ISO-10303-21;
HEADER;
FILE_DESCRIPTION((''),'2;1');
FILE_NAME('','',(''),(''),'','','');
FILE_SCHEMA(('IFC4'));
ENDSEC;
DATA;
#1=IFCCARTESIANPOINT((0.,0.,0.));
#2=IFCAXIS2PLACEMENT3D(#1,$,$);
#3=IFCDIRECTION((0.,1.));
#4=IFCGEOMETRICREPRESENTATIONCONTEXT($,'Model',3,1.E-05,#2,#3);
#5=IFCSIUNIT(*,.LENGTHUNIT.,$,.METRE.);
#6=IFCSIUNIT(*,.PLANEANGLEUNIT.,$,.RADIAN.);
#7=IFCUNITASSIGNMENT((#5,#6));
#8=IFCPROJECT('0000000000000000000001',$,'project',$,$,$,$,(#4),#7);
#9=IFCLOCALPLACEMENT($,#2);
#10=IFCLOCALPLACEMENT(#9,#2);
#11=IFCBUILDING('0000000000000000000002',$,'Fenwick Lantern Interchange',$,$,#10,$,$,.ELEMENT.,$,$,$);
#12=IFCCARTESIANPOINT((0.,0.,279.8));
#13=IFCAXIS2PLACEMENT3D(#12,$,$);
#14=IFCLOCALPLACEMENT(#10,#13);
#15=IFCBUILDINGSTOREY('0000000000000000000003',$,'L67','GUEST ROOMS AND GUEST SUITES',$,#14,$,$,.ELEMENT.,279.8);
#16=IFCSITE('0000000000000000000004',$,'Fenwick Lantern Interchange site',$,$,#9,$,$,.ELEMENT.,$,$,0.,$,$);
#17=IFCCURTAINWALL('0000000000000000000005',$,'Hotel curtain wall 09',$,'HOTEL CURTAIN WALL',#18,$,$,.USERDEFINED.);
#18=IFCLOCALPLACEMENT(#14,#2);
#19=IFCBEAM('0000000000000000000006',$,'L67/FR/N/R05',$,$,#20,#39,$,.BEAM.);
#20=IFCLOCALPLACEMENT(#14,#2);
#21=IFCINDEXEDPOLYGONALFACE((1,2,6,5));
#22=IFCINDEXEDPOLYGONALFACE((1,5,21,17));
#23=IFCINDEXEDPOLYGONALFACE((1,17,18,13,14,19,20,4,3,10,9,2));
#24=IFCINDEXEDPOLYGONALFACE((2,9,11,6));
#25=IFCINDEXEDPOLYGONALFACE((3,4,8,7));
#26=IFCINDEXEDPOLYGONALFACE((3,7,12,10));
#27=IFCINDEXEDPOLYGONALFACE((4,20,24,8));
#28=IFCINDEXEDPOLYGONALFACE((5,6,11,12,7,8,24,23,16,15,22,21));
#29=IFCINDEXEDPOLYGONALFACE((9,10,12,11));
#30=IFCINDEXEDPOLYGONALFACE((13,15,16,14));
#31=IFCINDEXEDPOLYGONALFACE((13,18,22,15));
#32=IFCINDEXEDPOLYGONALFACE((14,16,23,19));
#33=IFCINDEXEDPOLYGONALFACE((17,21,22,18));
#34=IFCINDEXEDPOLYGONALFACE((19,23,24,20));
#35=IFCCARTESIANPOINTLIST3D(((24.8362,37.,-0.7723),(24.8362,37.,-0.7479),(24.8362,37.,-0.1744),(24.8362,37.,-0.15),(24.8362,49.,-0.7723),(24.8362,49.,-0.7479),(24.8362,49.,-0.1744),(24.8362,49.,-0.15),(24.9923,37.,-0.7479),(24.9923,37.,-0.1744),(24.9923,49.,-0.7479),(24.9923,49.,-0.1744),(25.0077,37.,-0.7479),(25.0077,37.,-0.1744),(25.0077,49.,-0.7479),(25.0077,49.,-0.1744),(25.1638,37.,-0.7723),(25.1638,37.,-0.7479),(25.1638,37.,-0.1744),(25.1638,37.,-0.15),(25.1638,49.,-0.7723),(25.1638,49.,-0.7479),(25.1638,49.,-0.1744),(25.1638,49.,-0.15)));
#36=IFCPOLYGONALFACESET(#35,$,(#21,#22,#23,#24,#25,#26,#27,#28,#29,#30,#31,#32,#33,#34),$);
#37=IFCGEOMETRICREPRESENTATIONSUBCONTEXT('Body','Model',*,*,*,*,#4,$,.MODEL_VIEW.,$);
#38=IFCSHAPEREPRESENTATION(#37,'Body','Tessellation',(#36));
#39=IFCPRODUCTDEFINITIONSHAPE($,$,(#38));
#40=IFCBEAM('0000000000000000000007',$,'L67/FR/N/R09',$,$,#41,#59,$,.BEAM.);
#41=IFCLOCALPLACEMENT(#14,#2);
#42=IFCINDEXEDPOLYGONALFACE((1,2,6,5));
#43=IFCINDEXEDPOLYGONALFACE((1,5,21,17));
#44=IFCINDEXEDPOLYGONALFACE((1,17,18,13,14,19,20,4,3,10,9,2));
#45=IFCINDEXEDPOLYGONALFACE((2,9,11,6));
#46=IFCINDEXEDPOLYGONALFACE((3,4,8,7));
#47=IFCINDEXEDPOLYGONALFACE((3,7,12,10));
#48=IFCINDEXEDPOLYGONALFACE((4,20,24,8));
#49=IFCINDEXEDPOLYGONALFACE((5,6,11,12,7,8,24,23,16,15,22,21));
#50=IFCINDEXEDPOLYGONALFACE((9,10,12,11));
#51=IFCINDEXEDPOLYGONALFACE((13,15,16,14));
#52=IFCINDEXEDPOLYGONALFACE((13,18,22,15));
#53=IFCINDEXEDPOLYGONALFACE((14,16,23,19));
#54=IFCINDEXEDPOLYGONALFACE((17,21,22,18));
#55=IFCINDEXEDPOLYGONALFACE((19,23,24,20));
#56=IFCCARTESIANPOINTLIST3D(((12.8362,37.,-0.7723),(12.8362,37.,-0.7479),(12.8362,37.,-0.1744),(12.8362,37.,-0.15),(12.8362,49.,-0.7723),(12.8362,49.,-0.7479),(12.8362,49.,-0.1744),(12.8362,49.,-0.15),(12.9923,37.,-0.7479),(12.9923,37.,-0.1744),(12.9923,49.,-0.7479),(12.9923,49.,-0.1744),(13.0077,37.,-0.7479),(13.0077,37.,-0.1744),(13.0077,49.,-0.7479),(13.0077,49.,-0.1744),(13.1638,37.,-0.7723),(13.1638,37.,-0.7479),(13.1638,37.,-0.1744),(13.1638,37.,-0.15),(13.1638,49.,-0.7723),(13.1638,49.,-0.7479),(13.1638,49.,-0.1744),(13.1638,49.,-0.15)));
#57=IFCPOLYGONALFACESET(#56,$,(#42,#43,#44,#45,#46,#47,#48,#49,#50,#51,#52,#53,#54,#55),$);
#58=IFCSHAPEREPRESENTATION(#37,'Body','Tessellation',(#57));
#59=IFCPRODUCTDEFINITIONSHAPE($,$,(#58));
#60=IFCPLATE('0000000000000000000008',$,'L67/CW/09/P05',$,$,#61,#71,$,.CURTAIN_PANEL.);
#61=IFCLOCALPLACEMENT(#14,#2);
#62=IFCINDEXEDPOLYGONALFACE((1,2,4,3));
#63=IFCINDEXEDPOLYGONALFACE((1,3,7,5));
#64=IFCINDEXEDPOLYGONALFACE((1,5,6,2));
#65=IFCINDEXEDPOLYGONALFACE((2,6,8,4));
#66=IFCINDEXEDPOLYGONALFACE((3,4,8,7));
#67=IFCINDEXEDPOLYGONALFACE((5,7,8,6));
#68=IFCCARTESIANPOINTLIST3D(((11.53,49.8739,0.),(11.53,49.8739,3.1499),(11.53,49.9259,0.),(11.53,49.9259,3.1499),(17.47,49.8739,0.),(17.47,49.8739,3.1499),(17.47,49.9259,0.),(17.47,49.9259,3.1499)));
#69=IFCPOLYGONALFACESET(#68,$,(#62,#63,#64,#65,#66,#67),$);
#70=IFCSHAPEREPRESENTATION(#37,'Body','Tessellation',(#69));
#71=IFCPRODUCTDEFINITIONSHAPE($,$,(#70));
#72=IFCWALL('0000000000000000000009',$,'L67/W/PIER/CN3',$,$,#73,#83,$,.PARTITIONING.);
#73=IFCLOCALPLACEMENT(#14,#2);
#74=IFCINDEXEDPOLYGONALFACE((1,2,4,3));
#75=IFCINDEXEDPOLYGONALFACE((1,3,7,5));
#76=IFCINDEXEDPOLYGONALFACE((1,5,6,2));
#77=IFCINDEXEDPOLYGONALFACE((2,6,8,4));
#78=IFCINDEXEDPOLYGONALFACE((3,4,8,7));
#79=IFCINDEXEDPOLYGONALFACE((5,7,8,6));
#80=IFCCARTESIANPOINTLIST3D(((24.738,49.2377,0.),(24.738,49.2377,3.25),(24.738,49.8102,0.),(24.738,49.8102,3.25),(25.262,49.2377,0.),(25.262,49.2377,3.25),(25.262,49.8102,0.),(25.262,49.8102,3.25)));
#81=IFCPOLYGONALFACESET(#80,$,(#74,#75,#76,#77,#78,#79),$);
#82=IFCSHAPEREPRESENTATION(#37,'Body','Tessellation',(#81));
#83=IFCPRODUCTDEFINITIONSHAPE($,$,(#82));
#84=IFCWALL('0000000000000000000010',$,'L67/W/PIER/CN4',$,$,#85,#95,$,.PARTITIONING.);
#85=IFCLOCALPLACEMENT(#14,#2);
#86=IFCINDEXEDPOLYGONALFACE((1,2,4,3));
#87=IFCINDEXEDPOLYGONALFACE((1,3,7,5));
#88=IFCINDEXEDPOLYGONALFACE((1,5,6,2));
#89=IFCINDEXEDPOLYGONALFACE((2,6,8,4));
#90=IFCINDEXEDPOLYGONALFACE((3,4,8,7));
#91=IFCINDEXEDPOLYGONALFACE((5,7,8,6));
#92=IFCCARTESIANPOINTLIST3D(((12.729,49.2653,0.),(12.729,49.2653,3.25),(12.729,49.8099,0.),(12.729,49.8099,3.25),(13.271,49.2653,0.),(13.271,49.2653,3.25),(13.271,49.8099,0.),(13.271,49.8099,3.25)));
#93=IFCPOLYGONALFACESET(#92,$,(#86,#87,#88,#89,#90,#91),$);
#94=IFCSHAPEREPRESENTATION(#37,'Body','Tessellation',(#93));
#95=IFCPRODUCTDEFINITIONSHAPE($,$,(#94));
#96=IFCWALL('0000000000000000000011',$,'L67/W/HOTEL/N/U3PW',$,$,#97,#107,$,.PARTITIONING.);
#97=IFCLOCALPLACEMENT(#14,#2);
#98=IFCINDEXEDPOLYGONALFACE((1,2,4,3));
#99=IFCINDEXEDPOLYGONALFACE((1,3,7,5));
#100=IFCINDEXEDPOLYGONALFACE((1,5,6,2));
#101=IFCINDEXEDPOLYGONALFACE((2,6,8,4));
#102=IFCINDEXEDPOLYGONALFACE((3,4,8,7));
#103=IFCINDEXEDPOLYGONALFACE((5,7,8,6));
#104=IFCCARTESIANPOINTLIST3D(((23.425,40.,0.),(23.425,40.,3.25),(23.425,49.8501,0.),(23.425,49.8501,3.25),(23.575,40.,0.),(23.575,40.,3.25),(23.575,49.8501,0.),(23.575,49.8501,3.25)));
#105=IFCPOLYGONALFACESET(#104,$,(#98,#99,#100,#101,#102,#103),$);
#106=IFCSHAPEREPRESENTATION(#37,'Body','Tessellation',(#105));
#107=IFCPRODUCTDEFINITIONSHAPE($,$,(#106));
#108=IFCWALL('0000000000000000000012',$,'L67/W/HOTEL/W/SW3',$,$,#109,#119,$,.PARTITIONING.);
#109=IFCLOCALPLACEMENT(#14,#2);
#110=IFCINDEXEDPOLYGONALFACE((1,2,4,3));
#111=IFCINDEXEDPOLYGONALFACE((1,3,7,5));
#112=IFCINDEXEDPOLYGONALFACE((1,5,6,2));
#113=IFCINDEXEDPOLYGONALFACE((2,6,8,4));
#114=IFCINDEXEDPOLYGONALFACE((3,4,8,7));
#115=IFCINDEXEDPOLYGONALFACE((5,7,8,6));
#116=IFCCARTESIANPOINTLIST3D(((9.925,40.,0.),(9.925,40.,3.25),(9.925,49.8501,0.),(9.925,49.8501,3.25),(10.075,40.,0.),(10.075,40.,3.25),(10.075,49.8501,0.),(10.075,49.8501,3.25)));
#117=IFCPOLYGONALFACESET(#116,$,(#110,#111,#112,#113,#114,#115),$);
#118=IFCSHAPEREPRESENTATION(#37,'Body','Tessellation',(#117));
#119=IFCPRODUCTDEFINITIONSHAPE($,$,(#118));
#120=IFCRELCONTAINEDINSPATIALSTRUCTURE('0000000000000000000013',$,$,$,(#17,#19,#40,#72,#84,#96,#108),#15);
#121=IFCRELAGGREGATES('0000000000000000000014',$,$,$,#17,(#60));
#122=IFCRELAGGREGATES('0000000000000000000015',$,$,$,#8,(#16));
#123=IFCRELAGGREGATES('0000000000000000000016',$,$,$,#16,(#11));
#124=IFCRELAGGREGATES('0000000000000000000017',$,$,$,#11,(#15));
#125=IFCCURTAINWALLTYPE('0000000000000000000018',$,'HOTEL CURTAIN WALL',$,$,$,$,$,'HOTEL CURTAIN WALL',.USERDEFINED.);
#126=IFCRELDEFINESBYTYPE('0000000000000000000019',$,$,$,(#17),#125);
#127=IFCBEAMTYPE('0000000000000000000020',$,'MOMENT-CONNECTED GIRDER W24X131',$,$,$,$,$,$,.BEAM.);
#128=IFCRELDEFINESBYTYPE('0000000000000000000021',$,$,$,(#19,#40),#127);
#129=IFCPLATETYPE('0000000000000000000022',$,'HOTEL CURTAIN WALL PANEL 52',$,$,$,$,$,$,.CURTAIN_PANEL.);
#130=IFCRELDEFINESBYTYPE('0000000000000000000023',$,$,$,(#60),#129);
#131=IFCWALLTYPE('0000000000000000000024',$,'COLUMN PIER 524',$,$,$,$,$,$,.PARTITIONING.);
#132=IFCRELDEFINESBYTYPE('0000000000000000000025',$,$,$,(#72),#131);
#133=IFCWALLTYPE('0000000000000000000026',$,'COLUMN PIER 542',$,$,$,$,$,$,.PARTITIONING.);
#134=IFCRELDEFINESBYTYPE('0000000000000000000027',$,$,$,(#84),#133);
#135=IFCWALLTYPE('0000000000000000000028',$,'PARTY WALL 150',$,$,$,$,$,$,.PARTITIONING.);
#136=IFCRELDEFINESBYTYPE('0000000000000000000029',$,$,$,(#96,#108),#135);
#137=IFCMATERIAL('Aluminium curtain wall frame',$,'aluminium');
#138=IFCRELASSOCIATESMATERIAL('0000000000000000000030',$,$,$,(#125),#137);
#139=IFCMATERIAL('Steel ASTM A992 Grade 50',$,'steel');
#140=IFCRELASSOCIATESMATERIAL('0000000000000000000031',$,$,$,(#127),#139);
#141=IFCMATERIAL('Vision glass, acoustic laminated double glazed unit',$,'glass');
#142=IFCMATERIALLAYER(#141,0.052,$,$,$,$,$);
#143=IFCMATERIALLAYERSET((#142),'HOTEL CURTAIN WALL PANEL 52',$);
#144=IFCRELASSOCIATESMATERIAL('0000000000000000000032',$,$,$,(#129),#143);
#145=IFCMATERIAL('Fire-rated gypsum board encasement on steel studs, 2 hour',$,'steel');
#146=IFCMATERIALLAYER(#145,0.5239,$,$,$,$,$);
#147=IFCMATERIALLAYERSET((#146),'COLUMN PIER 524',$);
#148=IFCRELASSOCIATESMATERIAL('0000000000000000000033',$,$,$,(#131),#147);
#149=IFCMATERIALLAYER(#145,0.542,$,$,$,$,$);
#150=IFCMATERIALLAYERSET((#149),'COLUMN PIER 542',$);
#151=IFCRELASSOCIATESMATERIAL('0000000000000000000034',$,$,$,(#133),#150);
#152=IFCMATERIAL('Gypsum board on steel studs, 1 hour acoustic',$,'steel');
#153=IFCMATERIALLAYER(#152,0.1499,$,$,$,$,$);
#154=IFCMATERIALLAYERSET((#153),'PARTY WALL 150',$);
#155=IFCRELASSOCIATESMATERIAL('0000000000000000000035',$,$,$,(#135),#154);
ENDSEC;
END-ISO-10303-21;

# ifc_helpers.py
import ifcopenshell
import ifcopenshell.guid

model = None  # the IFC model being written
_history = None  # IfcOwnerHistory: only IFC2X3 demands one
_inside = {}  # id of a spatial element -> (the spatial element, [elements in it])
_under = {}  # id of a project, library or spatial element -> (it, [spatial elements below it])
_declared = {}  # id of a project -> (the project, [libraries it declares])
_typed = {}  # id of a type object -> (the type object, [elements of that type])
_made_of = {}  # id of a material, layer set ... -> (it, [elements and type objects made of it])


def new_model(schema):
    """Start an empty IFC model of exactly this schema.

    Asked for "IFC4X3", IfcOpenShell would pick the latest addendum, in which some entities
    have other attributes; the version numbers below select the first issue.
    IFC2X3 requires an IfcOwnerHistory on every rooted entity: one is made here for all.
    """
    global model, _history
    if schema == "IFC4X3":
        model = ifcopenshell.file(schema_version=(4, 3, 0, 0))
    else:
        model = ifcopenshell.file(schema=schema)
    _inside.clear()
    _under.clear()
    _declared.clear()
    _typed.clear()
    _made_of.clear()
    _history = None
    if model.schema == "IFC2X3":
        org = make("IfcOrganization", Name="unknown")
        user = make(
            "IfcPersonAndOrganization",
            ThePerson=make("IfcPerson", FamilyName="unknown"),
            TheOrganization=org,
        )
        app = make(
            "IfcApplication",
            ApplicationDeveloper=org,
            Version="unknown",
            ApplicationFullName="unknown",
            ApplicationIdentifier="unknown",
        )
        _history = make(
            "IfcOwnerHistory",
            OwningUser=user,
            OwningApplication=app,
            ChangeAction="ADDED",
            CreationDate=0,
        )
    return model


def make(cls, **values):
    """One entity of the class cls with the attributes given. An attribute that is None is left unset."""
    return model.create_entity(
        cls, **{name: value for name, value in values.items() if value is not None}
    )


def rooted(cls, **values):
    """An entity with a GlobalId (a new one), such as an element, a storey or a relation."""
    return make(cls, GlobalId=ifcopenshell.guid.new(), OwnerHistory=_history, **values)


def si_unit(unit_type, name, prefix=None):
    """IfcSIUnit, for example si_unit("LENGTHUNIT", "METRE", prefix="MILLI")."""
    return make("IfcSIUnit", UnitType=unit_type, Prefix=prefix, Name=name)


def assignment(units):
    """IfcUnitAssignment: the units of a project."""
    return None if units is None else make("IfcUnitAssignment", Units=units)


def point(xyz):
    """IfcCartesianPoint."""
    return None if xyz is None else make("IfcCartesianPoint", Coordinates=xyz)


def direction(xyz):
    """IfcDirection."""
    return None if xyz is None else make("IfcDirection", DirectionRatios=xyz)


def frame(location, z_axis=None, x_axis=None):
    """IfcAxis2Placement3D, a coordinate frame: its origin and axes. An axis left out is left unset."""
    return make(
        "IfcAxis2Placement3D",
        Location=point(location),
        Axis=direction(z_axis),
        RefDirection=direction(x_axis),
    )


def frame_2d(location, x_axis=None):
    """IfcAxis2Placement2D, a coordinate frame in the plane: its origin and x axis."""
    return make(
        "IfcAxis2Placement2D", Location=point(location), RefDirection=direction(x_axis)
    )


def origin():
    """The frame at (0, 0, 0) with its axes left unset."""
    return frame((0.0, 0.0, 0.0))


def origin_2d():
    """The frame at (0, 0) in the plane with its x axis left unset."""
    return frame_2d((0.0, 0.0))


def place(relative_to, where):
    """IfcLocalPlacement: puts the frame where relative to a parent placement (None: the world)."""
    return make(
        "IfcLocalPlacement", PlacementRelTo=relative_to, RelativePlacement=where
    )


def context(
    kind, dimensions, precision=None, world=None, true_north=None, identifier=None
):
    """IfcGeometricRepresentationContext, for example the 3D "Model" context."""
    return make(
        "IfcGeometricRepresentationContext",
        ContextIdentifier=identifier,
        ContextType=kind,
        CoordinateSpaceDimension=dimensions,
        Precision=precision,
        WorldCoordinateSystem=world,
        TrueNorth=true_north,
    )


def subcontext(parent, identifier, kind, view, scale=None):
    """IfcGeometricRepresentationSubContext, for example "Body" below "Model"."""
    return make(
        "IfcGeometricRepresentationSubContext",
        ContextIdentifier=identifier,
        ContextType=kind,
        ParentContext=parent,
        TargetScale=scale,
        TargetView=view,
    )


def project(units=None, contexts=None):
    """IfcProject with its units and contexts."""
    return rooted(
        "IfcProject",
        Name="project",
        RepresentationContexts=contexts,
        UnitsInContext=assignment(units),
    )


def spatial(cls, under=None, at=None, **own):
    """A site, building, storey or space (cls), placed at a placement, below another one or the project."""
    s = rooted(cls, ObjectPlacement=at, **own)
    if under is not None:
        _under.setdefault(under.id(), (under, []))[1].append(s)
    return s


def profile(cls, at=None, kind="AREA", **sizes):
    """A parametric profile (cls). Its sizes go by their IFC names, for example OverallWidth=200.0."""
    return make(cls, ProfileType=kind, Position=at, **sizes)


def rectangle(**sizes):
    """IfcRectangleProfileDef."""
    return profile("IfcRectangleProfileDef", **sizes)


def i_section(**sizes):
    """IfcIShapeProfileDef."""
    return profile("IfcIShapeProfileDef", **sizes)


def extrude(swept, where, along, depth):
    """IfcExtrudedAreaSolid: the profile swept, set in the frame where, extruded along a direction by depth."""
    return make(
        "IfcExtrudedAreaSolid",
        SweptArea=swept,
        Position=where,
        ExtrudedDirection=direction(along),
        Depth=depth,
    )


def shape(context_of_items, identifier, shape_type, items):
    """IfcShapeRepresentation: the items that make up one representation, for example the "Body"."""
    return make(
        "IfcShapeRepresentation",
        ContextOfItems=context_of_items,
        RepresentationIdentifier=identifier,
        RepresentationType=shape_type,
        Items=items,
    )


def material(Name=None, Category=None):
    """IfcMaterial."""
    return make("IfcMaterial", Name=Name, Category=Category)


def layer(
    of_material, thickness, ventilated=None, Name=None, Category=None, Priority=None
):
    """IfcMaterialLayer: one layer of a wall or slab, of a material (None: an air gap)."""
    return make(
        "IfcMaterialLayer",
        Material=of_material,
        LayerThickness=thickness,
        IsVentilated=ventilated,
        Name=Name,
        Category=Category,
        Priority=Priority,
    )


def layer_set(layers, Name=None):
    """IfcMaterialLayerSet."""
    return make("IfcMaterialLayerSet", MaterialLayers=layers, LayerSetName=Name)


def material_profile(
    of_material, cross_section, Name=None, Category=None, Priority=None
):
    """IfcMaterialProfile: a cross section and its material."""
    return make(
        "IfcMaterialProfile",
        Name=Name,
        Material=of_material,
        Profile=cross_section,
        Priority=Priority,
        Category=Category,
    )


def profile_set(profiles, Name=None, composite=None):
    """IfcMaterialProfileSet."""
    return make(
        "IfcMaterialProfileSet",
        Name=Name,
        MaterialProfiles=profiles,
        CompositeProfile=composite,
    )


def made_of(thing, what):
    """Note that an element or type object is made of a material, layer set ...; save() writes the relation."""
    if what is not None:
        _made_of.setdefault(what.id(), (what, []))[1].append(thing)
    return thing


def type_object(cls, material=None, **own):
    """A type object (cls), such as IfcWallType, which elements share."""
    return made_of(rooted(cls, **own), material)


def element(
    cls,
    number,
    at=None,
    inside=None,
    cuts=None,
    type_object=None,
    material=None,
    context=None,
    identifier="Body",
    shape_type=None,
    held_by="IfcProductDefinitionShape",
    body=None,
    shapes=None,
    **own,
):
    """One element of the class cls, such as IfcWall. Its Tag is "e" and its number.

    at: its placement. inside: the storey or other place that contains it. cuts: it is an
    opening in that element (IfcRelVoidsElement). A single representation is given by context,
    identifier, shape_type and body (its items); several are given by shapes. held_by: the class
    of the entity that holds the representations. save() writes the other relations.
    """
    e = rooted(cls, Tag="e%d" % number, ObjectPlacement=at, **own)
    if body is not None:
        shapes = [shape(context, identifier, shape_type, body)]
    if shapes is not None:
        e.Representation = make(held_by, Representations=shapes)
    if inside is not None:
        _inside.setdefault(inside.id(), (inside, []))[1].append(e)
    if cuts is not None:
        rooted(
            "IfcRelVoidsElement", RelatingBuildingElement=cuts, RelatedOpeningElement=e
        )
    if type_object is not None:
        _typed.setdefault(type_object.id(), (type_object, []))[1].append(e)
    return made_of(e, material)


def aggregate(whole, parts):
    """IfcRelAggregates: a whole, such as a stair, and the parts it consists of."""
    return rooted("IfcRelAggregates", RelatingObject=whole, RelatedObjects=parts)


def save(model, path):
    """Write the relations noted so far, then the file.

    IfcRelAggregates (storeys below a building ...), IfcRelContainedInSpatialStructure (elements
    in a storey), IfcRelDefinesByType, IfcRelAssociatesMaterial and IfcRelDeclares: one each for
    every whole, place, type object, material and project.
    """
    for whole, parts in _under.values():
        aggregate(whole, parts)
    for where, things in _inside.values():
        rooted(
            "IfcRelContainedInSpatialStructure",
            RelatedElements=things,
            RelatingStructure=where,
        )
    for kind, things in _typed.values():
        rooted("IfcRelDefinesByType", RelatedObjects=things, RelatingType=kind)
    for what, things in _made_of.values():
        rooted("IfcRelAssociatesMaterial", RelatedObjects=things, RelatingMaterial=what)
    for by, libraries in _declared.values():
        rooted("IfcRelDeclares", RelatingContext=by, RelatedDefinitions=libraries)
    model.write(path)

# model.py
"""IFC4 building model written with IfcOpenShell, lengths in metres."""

from ifc_helpers import new_model, si_unit, direction, frame, frame_2d, origin, origin_2d, place, context, subcontext, project, spatial, rectangle, i_section, extrude, material, layer, layer_set, material_profile, profile_set, type_object, element, aggregate, save


model = new_model("IFC4")

# Units and contexts
model_context = context("Model", 3, precision=1e-05, world=origin(), true_north=direction((0.0, 1.0)))
body_context = subcontext(model_context, "Body", "Model", "MODEL_VIEW")
ifc_project = project(units=[si_unit("LENGTHUNIT", "METRE"), si_unit("PLANEANGLEUNIT", "RADIAN")], contexts=[model_context])

# Site, building, storey
site_placement = place(None, origin())
site = spatial("IfcSite", under=ifc_project, at=site_placement, Name="Fenwick Lantern Interchange site", CompositionType="ELEMENT", RefElevation=0.0)
building_placement = place(site_placement, origin())
building = spatial("IfcBuilding", under=site, at=building_placement, Name="Fenwick Lantern Interchange", CompositionType="ELEMENT")
storey_placement = place(building_placement, frame((0.0, 0.0, 279.8)))
storey = spatial("IfcBuildingStorey", under=building, at=storey_placement, Name="L67", Description="GUEST ROOMS AND GUEST SUITES", CompositionType="ELEMENT", Elevation=279.8)

# Shared definitions
ifc_material_1 = material(Name="Steel ASTM A992 Grade 50", Category="steel")

# Curtain wall
ifc_material_2 = material(Name="Aluminium curtain wall frame", Category="aluminium")
curtain_wall_type = type_object("IfcCurtainWallType", Name="HOTEL CURTAIN WALL", ElementType="HOTEL CURTAIN WALL", PredefinedType="USERDEFINED", material=ifc_material_2)
curtain_wall_placement = place(storey_placement, origin())
curtain_wall = element("IfcCurtainWall", 1, at=curtain_wall_placement, inside=storey, type_object=curtain_wall_type, Name="Hotel curtain wall 09", ObjectType="HOTEL CURTAIN WALL", PredefinedType="USERDEFINED")

# Beams
ifc_material_profile_1 = material_profile(ifc_material_1, i_section(OverallWidth=0.3276, OverallDepth=0.6223, WebThickness=0.0154, FlangeThickness=0.0244, at=origin_2d()), Name="W24X131")
ifc_profile_set_1 = profile_set([ifc_material_profile_1], Name="Steel ASTM A992 Grade 50")
beam_type_1 = type_object("IfcBeamType", Name="MOMENT-CONNECTED GIRDER W24X131", PredefinedType="BEAM", material=ifc_profile_set_1)
for number, where, z_axis, x_axis, name in (
    (2, (25.0, 49.0, -0.4612), (0.0, -1.0, 0.0), (1.0, 0.0, 0.0), "L67/FR/N/R05"),
    (3, (13.0, 49.0, -0.4612), (0.0, -1.0, 0.0), (1.0, 0.0, 0.0), "L67/FR/N/R09"),
):
    element("IfcBeam", number, at=place(storey_placement, frame(where, z_axis=z_axis, x_axis=x_axis)), inside=storey, type_object=beam_type_1, Name=name, PredefinedType="BEAM", context=body_context, shape_type="SweptSolid", body=[
        extrude(i_section(OverallWidth=0.3276, OverallDepth=0.6223, WebThickness=0.0154, FlangeThickness=0.0244, at=origin_2d()), origin(), (0.0, 0.0, 1.0), 12.0),
    ])

# Plate
ifc_material_3 = material(Name="Vision glass, acoustic laminated double glazed unit", Category="glass")
ifc_layer_1 = layer(ifc_material_3, 0.052)
ifc_layer_set_1 = layer_set([ifc_layer_1], Name="HOTEL CURTAIN WALL PANEL 52")
plate_type = type_object("IfcPlateType", Name="HOTEL CURTAIN WALL PANEL 52", PredefinedType="CURTAIN_PANEL", material=ifc_layer_set_1)
plate_placement = place(storey_placement, frame((14.5, 49.8999, 0.0), z_axis=(0.0, 0.0, 1.0), x_axis=(-1.0, 0.0, 0.0)))
plate = element("IfcPlate", 4, at=plate_placement, type_object=plate_type, Name="L67/CW/09/P05", PredefinedType="CURTAIN_PANEL", context=body_context, shape_type="SweptSolid", body=[
    extrude(rectangle(XDim=5.9399, YDim=0.052, at=origin_2d()), origin(), (0.0, 0.0, 1.0), 3.1499),
])
aggregate(curtain_wall, [plate])

# Walls
ifc_material_4 = material(Name="Fire-rated gypsum board encasement on steel studs, 2 hour", Category="steel")
ifc_layer_2 = layer(ifc_material_4, 0.5239)
ifc_layer_set_2 = layer_set([ifc_layer_2], Name="COLUMN PIER 524")
wall_type_1 = type_object("IfcWallType", Name="COLUMN PIER 524", PredefinedType="PARTITIONING", material=ifc_layer_set_2)
wall_1_placement = place(storey_placement, frame((25.0, 49.8101, 0.0), z_axis=(0.0, 0.0, 1.0), x_axis=(0.0, -1.0, 0.0)))
element("IfcWall", 5, at=wall_1_placement, inside=storey, type_object=wall_type_1, Name="L67/W/PIER/CN3", PredefinedType="PARTITIONING", context=body_context, shape_type="SweptSolid", body=[
    extrude(rectangle(XDim=0.5725, YDim=0.5239, at=frame_2d((0.2861, 0.0))), origin(), (0.0, 0.0, 1.0), 3.25),
])
ifc_layer_3 = layer(ifc_material_4, 0.542)
ifc_layer_set_3 = layer_set([ifc_layer_3], Name="COLUMN PIER 542")
wall_type_2 = type_object("IfcWallType", Name="COLUMN PIER 542", PredefinedType="PARTITIONING", material=ifc_layer_set_3)
wall_2_placement = place(storey_placement, frame((13.0, 49.8101, 0.0), z_axis=(0.0, 0.0, 1.0), x_axis=(0.0, -1.0, 0.0)))
element("IfcWall", 6, at=wall_2_placement, inside=storey, type_object=wall_type_2, Name="L67/W/PIER/CN4", PredefinedType="PARTITIONING", context=body_context, shape_type="SweptSolid", body=[
    extrude(rectangle(XDim=0.5447, YDim=0.542, at=frame_2d((0.2725, 0.0))), origin(), (0.0, 0.0, 1.0), 3.25),
])
ifc_material_5 = material(Name="Gypsum board on steel studs, 1 hour acoustic", Category="steel")
ifc_layer_4 = layer(ifc_material_5, 0.1499)
ifc_layer_set_4 = layer_set([ifc_layer_4], Name="PARTY WALL 150")
wall_type_3 = type_object("IfcWallType", Name="PARTY WALL 150", PredefinedType="PARTITIONING", material=ifc_layer_set_4)
for number, where, z_axis, x_axis, name in (
    (7, (23.5, 49.8501, 0.0), (0.0, 0.0, 1.0), (0.0, -1.0, 0.0), "L67/W/HOTEL/N/U3PW"),
    (8, (10.0, 49.8501, 0.0), (0.0, 0.0, 1.0), (0.0, -1.0, 0.0), "L67/W/HOTEL/W/SW3"),
):
    element("IfcWall", number, at=place(storey_placement, frame(where, z_axis=z_axis, x_axis=x_axis)), inside=storey, type_object=wall_type_3, Name=name, PredefinedType="PARTITIONING", context=body_context, shape_type="SweptSolid", body=[
        extrude(rectangle(XDim=9.8501, YDim=0.1499, at=frame_2d((4.925, 0.0))), origin(), (0.0, 0.0, 1.0), 3.25),
    ])

save(model, "model.ifc")
